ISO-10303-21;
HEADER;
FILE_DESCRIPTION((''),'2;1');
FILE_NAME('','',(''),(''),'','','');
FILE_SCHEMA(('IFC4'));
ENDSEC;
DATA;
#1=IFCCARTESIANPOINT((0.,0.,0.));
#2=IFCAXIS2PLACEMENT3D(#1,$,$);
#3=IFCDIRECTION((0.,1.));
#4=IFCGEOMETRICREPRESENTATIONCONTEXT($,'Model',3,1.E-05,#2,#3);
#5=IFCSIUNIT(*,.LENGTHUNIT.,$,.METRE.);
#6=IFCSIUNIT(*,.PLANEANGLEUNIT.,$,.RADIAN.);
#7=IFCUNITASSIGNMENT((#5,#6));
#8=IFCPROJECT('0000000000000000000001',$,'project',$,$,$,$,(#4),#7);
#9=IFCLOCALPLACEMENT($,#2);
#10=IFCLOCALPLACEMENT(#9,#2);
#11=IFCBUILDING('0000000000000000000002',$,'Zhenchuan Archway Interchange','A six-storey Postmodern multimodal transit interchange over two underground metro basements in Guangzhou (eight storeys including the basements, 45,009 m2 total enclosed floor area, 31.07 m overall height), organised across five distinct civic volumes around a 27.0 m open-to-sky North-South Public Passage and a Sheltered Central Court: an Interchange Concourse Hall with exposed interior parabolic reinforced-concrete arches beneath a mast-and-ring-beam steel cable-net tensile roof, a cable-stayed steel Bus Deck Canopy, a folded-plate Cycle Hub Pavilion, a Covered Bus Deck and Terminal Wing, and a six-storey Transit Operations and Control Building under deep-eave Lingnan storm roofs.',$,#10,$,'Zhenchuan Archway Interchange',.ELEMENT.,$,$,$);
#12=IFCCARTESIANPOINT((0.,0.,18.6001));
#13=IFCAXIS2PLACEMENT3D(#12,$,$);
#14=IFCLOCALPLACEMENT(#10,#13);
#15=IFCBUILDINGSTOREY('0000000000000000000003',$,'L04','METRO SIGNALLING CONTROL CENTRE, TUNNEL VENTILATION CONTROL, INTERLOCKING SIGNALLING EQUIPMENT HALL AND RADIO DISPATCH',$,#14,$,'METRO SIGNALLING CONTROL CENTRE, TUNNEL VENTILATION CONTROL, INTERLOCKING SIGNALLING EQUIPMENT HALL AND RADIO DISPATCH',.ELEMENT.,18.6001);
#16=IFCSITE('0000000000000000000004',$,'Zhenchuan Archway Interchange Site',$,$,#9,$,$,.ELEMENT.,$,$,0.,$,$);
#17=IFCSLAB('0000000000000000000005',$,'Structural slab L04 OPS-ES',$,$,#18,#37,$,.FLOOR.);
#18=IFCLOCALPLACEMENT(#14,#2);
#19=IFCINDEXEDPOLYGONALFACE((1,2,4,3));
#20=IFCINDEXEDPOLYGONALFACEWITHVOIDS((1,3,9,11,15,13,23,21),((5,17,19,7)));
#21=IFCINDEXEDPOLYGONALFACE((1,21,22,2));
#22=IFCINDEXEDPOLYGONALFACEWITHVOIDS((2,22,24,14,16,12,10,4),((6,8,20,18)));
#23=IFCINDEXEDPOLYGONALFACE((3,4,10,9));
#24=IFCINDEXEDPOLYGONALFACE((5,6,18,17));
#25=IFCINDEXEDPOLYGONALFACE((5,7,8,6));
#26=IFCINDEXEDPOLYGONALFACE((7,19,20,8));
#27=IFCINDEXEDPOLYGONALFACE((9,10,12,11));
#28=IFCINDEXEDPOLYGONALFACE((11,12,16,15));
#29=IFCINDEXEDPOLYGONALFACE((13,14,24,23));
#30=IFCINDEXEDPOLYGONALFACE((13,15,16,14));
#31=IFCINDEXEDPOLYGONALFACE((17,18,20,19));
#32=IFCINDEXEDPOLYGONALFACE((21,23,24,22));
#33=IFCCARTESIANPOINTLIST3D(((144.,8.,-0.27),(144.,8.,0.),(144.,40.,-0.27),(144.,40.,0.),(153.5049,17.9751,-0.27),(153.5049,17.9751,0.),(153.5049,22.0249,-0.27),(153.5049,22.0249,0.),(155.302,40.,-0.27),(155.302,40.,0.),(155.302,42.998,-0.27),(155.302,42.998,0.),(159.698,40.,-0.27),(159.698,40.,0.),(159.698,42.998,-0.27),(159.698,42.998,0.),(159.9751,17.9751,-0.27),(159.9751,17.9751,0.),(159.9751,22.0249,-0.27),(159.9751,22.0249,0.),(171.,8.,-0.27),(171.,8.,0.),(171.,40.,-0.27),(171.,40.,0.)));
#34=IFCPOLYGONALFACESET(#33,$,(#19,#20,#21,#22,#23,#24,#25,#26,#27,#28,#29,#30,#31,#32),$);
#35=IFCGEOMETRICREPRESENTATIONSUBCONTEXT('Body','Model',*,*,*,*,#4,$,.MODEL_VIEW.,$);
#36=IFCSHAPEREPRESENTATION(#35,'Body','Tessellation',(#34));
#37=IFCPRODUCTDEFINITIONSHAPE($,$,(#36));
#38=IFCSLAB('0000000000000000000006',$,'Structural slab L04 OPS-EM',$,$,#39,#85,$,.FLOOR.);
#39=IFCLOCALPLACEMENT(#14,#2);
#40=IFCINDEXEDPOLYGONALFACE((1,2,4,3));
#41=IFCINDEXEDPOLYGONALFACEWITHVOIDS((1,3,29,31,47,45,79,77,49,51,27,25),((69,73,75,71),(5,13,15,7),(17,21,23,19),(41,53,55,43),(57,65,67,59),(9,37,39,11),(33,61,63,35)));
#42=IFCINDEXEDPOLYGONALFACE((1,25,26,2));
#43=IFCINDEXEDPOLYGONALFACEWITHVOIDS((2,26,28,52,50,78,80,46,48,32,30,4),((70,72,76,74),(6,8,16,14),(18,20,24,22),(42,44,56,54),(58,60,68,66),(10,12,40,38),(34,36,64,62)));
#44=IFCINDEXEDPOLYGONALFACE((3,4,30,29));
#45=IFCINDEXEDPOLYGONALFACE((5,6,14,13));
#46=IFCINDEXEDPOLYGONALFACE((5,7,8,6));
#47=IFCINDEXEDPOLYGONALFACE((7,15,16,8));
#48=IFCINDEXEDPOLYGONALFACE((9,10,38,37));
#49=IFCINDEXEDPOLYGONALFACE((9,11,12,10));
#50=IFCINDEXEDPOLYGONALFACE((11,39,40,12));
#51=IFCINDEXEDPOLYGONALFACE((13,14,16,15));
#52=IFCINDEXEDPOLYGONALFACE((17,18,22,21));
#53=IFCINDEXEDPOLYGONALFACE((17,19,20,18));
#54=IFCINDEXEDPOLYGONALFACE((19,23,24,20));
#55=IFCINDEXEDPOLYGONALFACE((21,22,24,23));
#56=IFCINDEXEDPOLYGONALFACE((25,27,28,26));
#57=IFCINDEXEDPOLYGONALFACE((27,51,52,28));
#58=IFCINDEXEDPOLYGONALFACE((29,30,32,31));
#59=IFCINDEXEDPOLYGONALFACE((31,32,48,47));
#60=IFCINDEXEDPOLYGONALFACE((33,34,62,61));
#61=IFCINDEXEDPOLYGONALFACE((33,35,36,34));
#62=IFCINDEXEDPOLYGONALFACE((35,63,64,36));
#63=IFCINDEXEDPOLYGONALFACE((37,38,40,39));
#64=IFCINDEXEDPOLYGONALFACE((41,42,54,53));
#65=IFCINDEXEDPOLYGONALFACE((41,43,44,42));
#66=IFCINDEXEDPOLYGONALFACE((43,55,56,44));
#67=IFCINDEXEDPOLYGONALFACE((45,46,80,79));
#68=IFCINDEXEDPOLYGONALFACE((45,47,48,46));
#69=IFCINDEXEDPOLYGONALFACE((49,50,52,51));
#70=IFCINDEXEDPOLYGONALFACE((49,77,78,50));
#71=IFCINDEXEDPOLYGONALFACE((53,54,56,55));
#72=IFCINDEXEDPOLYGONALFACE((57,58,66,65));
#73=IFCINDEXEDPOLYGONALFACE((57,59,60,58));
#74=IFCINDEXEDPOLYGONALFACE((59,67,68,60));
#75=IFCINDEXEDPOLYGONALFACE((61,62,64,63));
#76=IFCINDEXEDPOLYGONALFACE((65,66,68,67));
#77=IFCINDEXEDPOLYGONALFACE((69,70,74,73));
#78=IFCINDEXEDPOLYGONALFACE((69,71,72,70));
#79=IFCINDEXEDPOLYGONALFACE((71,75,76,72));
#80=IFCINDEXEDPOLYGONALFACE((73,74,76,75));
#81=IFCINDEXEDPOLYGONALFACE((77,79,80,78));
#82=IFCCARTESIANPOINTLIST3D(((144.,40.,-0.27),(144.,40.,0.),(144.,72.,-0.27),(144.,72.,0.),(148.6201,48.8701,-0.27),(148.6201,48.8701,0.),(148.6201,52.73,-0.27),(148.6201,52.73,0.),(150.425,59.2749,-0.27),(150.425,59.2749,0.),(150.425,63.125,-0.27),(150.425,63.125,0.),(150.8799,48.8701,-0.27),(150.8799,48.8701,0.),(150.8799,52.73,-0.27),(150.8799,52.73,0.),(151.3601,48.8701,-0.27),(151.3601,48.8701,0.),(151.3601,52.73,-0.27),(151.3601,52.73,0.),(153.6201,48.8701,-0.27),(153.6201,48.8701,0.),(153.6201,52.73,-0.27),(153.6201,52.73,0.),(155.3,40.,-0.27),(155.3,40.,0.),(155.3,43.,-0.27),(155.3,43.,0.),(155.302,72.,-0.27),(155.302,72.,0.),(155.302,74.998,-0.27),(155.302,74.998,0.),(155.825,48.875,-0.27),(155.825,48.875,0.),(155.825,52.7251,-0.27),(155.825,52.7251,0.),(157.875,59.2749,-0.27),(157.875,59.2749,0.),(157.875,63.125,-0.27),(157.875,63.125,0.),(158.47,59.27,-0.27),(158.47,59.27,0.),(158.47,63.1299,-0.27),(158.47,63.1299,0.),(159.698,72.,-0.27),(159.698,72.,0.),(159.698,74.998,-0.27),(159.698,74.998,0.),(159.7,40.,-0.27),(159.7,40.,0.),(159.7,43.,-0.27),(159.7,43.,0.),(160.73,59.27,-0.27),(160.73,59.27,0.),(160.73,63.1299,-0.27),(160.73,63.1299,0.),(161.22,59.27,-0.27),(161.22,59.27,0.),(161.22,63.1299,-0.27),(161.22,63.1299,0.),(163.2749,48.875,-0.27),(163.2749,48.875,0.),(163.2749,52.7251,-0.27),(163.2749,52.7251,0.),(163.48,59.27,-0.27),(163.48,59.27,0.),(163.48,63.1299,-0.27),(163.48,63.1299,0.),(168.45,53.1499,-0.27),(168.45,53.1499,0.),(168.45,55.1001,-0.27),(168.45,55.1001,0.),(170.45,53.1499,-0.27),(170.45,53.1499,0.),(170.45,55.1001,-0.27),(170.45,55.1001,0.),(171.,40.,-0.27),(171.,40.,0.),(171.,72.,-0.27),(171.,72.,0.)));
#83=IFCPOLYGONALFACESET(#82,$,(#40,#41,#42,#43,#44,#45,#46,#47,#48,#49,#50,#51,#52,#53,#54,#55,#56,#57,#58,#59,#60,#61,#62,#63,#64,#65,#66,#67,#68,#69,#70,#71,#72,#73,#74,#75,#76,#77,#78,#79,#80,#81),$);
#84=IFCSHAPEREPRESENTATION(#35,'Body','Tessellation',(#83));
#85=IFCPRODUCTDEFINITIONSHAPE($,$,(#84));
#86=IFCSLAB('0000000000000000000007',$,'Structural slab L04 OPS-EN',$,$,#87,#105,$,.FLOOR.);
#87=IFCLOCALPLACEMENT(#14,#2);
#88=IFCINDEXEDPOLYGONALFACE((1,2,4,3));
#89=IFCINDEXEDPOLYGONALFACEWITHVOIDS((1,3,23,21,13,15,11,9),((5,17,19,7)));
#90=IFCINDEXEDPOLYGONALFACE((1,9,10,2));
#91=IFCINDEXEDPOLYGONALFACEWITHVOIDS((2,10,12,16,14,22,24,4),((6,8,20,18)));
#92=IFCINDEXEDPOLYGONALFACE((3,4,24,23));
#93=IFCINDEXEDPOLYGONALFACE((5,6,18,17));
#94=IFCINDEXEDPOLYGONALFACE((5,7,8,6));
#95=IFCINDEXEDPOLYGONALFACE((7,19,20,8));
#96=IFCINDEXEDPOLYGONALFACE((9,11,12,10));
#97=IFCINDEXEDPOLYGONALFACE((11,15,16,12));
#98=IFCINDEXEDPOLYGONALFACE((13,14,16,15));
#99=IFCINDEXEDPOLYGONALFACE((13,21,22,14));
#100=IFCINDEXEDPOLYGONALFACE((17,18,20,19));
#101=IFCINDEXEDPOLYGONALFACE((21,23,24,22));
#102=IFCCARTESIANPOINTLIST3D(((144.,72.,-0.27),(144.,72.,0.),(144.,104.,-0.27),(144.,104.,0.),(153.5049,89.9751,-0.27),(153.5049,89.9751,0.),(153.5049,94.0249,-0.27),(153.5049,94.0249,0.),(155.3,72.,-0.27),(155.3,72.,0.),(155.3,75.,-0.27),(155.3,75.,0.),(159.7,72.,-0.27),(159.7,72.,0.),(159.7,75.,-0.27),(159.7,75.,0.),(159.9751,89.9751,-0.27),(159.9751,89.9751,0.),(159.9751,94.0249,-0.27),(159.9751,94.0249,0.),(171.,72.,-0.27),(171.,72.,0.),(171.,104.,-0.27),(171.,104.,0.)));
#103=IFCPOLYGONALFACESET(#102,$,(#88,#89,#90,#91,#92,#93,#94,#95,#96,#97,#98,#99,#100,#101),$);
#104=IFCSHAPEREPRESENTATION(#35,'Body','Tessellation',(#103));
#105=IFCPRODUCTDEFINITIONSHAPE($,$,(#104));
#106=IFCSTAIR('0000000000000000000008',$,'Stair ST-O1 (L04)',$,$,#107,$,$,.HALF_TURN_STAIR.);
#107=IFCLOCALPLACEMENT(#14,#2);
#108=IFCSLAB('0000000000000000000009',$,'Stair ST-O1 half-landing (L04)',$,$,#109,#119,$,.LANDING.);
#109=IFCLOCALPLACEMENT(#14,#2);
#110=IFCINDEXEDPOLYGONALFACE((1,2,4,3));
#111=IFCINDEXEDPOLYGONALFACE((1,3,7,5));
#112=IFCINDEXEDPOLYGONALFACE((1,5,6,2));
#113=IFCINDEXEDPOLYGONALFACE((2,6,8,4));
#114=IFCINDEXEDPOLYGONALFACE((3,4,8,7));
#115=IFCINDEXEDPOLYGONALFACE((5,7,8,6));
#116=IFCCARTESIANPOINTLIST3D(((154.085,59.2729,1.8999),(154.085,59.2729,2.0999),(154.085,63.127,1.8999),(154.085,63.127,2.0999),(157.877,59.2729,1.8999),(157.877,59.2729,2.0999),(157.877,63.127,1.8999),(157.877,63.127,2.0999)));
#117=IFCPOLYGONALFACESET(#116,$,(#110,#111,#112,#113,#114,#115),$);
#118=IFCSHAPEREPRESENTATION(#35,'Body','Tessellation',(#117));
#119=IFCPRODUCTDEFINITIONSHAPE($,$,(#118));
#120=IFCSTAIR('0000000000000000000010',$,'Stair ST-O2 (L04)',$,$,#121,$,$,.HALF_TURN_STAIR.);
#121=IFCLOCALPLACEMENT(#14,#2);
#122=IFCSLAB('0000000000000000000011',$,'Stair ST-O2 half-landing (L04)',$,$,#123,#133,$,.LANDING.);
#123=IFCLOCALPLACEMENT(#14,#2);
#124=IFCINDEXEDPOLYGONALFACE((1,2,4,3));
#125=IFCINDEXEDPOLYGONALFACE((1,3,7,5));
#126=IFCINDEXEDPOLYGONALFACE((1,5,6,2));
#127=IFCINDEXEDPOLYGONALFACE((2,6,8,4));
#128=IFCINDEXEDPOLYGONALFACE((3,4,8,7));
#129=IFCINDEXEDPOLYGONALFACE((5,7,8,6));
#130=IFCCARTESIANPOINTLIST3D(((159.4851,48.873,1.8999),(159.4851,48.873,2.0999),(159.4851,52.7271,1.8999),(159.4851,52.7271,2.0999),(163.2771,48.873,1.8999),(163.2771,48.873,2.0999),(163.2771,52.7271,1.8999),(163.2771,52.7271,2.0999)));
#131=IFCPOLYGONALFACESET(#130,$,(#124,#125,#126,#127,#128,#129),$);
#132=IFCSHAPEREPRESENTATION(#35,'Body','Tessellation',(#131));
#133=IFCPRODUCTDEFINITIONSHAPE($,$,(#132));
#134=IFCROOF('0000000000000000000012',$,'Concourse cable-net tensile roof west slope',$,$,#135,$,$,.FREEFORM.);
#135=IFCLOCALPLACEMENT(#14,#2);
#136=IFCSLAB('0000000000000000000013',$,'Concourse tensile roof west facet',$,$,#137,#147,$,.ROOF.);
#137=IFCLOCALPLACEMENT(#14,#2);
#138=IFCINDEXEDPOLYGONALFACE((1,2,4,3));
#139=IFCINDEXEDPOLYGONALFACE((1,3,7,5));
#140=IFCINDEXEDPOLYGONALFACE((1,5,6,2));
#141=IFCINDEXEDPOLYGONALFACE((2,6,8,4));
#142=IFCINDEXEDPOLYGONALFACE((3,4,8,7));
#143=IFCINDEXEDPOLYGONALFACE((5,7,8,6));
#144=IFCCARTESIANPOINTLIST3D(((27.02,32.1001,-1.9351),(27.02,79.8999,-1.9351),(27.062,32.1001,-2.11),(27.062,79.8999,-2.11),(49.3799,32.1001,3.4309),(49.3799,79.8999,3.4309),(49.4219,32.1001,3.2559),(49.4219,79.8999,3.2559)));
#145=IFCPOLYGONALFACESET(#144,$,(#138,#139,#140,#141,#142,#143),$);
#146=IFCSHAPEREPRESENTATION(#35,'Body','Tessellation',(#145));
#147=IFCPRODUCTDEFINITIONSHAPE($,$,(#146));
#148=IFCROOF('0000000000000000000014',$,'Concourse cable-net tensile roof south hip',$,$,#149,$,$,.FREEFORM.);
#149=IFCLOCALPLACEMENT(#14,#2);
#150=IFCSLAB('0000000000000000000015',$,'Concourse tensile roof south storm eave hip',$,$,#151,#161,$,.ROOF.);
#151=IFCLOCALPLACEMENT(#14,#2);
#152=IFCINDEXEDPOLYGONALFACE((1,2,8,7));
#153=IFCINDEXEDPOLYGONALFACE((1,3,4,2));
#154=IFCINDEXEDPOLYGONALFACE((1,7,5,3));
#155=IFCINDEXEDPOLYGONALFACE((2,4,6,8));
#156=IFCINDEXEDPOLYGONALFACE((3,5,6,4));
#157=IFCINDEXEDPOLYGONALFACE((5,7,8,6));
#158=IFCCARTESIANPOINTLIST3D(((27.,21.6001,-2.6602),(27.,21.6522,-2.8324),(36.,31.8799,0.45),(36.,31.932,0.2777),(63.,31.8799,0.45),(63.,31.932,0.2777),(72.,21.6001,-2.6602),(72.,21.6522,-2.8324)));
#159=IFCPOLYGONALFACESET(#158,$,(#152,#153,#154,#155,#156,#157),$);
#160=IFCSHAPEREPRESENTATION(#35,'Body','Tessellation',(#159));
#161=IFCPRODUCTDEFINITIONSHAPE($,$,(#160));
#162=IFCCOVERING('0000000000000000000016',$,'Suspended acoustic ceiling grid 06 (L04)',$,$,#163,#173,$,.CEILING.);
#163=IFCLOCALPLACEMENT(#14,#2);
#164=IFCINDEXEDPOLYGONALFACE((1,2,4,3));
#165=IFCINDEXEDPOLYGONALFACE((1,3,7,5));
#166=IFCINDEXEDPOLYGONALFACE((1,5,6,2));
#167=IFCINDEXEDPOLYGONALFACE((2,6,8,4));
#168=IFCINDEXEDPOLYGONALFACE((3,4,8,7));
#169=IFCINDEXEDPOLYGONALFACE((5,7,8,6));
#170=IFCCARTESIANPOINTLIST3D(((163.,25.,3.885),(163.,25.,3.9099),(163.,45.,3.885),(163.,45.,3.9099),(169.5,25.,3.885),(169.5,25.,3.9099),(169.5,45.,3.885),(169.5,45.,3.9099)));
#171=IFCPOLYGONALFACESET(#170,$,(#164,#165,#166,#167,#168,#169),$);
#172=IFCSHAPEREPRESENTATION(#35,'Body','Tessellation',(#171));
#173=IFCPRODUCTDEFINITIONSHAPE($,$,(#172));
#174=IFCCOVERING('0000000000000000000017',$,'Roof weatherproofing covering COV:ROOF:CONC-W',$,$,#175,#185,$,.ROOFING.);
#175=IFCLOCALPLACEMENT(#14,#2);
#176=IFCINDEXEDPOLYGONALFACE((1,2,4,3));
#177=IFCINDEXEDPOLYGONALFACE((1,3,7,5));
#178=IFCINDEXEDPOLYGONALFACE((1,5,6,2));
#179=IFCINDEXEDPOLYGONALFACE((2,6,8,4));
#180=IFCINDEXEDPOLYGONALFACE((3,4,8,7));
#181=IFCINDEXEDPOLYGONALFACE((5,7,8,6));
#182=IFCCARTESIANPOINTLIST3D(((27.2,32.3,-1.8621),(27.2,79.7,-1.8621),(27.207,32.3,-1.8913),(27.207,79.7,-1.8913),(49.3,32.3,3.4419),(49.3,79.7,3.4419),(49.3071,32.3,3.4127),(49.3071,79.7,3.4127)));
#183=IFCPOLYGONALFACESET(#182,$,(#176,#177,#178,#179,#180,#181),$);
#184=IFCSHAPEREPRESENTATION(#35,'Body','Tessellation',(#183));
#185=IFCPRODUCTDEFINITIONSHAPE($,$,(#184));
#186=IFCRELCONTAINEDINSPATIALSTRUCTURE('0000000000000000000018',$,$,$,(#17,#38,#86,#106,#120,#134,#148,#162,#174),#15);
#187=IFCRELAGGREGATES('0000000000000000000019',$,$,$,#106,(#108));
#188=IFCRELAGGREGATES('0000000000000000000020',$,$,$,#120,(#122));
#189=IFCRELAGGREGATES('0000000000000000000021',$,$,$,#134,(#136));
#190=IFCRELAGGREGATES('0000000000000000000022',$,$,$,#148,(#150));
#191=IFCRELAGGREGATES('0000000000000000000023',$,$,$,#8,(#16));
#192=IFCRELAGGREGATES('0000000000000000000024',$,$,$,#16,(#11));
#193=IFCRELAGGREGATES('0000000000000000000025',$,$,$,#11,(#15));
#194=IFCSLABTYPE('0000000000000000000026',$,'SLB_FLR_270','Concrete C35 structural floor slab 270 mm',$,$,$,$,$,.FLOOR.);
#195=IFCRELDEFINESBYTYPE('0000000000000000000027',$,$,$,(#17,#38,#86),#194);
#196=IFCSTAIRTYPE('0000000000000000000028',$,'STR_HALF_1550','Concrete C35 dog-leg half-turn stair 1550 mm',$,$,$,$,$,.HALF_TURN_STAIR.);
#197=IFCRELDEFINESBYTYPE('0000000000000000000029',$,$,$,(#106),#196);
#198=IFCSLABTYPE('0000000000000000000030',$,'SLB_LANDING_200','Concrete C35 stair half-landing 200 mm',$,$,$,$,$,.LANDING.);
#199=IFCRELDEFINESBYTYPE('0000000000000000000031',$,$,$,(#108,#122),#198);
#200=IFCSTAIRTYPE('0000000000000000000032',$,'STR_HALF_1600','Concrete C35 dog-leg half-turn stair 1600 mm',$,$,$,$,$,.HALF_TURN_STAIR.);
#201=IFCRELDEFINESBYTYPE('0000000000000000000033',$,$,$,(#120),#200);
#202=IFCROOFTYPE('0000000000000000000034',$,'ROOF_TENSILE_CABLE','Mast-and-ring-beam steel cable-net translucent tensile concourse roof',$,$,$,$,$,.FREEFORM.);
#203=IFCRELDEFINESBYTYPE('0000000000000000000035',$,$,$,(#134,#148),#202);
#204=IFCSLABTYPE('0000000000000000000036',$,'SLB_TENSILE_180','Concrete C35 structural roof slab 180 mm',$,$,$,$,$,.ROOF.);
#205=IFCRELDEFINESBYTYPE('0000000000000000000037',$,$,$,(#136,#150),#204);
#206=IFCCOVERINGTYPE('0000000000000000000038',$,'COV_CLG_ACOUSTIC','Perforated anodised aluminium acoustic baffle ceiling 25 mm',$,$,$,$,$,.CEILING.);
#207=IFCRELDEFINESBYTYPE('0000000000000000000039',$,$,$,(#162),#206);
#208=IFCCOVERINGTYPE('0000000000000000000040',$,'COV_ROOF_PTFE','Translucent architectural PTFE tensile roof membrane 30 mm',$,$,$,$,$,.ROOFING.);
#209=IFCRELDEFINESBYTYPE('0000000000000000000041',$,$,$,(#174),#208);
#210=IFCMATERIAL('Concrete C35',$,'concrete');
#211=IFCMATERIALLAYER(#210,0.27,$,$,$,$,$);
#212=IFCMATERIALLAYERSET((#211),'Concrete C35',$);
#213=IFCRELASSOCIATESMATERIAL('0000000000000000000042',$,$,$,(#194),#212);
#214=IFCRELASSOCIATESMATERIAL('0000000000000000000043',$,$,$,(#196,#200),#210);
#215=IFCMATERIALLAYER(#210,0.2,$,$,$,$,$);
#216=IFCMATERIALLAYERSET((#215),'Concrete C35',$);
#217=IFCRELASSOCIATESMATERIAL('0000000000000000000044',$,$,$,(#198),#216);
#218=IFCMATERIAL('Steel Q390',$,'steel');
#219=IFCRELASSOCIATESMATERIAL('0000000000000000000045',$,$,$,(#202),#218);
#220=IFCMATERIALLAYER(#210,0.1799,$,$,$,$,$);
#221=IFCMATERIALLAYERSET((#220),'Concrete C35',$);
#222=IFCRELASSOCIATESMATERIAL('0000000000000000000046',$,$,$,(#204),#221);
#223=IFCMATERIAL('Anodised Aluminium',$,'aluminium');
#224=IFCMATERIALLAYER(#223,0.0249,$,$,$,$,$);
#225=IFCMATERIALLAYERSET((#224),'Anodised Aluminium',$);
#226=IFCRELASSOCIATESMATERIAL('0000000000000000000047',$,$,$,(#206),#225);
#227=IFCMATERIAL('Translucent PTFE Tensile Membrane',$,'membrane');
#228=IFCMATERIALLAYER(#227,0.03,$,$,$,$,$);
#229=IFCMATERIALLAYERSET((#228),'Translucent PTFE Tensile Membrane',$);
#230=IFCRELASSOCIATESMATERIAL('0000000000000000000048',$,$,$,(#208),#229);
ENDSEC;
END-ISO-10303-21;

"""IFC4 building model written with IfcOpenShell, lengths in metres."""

from ifc_helpers import new_model, si_unit, direction, frame, origin, place, context, subcontext, project, spatial, polyline, outline, extrude, material, layer, layer_set, type_object, element, aggregate, save


model = new_model("IFC4")

# Units and contexts
model_context = context("Model", 3, precision=1e-05, world=origin(), true_north=direction((0.0, 1.0)))
body_context = subcontext(model_context, "Body", "Model", "MODEL_VIEW")
ifc_project = project(units=[si_unit("LENGTHUNIT", "METRE"), si_unit("PLANEANGLEUNIT", "RADIAN")], contexts=[model_context])

# Site, building, storey
site_placement = place(None, origin())
site = spatial("IfcSite", under=ifc_project, at=site_placement, Name="Zhenchuan Archway Interchange Site", CompositionType="ELEMENT", RefElevation=0.0)
building_placement = place(site_placement, origin())
building = spatial("IfcBuilding", under=site, at=building_placement, Name="Zhenchuan Archway Interchange", Description="A six-storey Postmodern multimodal transit interchange over two underground metro basements in Guangzhou (eight storeys including the basements, 45,009 m2 total enclosed floor area, 31.07 m overall height), organised across five distinct civic volumes around a 27.0 m open-to-sky North-South Public Passage and a Sheltered Central Court: an Interchange Concourse Hall with exposed interior parabolic reinforced-concrete arches beneath a mast-and-ring-beam steel cable-net tensile roof, a cable-stayed steel Bus Deck Canopy, a folded-plate Cycle Hub Pavilion, a Covered Bus Deck and Terminal Wing, and a six-storey Transit Operations and Control Building under deep-eave Lingnan storm roofs.", LongName="Zhenchuan Archway Interchange", CompositionType="ELEMENT")
storey_placement = place(building_placement, frame((0.0, 0.0, 18.6001)))
storey = spatial("IfcBuildingStorey", under=building, at=storey_placement, Name="L04", Description="METRO SIGNALLING CONTROL CENTRE, TUNNEL VENTILATION CONTROL, INTERLOCKING SIGNALLING EQUIPMENT HALL AND RADIO DISPATCH", LongName="METRO SIGNALLING CONTROL CENTRE, TUNNEL VENTILATION CONTROL, INTERLOCKING SIGNALLING EQUIPMENT HALL AND RADIO DISPATCH", CompositionType="ELEMENT", Elevation=18.6001)

# Shared definitions
ifc_material_1 = material(Name="Steel Q390", Category="steel")

# Slabs
ifc_material_2 = material(Name="Concrete C35", Category="concrete")
ifc_layer_1 = layer(ifc_material_2, 0.27)
ifc_layer_set_1 = layer_set([ifc_layer_1], Name="Concrete C35")
slab_type_1 = type_object("IfcSlabType", Name="SLB_FLR_270", Description="Concrete C35 structural floor slab 270 mm", PredefinedType="FLOOR", material=ifc_layer_set_1)
slab_1_placement = place(storey_placement, frame((0.0, 0.0, -0.27)))
element("IfcSlab", 1, at=slab_1_placement, inside=storey, type_object=slab_type_1, Name="Structural slab L04 OPS-ES", PredefinedType="FLOOR", context=body_context, shape_type="SweptSolid", body=[
    extrude(outline(polyline([(171.0, 8.0), (144.0, 8.0), (144.0, 40.0), (155.302, 40.0), (155.302, 42.998), (159.698, 42.998), (159.698, 40.0), (171.0, 40.0), (171.0, 8.0)]), holes=[polyline([(159.9751, 17.9751), (159.9751, 22.0249), (153.5049, 22.0249), (153.5049, 17.9751), (159.9751, 17.9751)])]), origin(), (0.0, 0.0, 1.0), 0.27),
])
slab_2_placement = place(storey_placement, frame((0.0, 0.0, -0.27)))
element("IfcSlab", 2, at=slab_2_placement, inside=storey, type_object=slab_type_1, Name="Structural slab L04 OPS-EM", PredefinedType="FLOOR", context=body_context, shape_type="SweptSolid", body=[
    extrude(outline(polyline([(159.7, 40.0), (159.7, 43.0), (155.3, 43.0), (155.3, 40.0), (144.0, 40.0), (144.0, 72.0), (155.302, 72.0), (155.302, 74.998), (159.698, 74.998), (159.698, 72.0), (171.0, 72.0), (171.0, 40.0), (159.7, 40.0)]), holes=[polyline([(150.425, 63.125), (150.425, 59.2749), (157.875, 59.2749), (157.875, 63.125), (150.425, 63.125)]), polyline([(163.2749, 52.7251), (155.825, 52.7251), (155.825, 48.875), (163.2749, 48.875), (163.2749, 52.7251)]), polyline([(160.73, 59.27), (160.73, 63.1299), (158.47, 63.1299), (158.47, 59.27), (160.73, 59.27)]), polyline([(161.22, 59.27), (163.48, 59.27), (163.48, 63.1299), (161.22, 63.1299), (161.22, 59.27)]), polyline([(148.6201, 52.73), (148.6201, 48.8701), (150.8799, 48.8701), (150.8799, 52.73), (148.6201, 52.73)]), polyline([(153.6201, 52.73), (151.3601, 52.73), (151.3601, 48.8701), (153.6201, 48.8701), (153.6201, 52.73)]), polyline([(170.45, 53.1499), (170.45, 55.1001), (168.45, 55.1001), (168.45, 53.1499), (170.45, 53.1499)])]), origin(), (0.0, 0.0, 1.0), 0.27),
])
slab_3_placement = place(storey_placement, frame((0.0, 0.0, -0.27)))
element("IfcSlab", 3, at=slab_3_placement, inside=storey, type_object=slab_type_1, Name="Structural slab L04 OPS-EN", PredefinedType="FLOOR", context=body_context, shape_type="SweptSolid", body=[
    extrude(outline(polyline([(144.0, 104.0), (171.0, 104.0), (171.0, 72.0), (159.7, 72.0), (159.7, 75.0), (155.3, 75.0), (155.3, 72.0), (144.0, 72.0), (144.0, 104.0)]), holes=[polyline([(159.9751, 89.9751), (159.9751, 94.0249), (153.5049, 94.0249), (153.5049, 89.9751), (159.9751, 89.9751)])]), origin(), (0.0, 0.0, 1.0), 0.27),
])

# Stairs, slabs
stair_type_1 = type_object("IfcStairType", Name="STR_HALF_1550", Description="Concrete C35 dog-leg half-turn stair 1550 mm", PredefinedType="HALF_TURN_STAIR", material=ifc_material_2)
stair_1_placement = place(storey_placement, origin())
stair_1 = element("IfcStair", 4, at=stair_1_placement, inside=storey, type_object=stair_type_1, Name="Stair ST-O1 (L04)", PredefinedType="HALF_TURN_STAIR")
ifc_layer_2 = layer(ifc_material_2, 0.2)
ifc_layer_set_2 = layer_set([ifc_layer_2], Name="Concrete C35")
slab_type_2 = type_object("IfcSlabType", Name="SLB_LANDING_200", Description="Concrete C35 stair half-landing 200 mm", PredefinedType="LANDING", material=ifc_layer_set_2)
slab_4_placement = place(storey_placement, frame((0.0, 0.0, 1.8999)))
slab_4 = element("IfcSlab", 5, at=slab_4_placement, type_object=slab_type_2, Name="Stair ST-O1 half-landing (L04)", PredefinedType="LANDING", context=body_context, shape_type="SweptSolid", body=[
    extrude(outline(polyline([(154.085, 59.2729), (157.877, 59.2729), (157.877, 63.127), (154.085, 63.127), (154.085, 59.2729)])), origin(), (0.0, 0.0, 1.0), 0.2),
])
aggregate(stair_1, [slab_4])
stair_type_2 = type_object("IfcStairType", Name="STR_HALF_1600", Description="Concrete C35 dog-leg half-turn stair 1600 mm", PredefinedType="HALF_TURN_STAIR", material=ifc_material_2)
stair_2_placement = place(storey_placement, origin())
stair_2 = element("IfcStair", 6, at=stair_2_placement, inside=storey, type_object=stair_type_2, Name="Stair ST-O2 (L04)", PredefinedType="HALF_TURN_STAIR")
slab_5_placement = place(storey_placement, frame((0.0, 0.0, 1.8999)))
slab_5 = element("IfcSlab", 7, at=slab_5_placement, type_object=slab_type_2, Name="Stair ST-O2 half-landing (L04)", PredefinedType="LANDING", context=body_context, shape_type="SweptSolid", body=[
    extrude(outline(polyline([(159.4851, 48.873), (163.2771, 48.873), (163.2771, 52.7271), (159.4851, 52.7271), (159.4851, 48.873)])), origin(), (0.0, 0.0, 1.0), 0.2),
])
aggregate(stair_2, [slab_5])

# Roofs, slabs
roof_type = type_object("IfcRoofType", Name="ROOF_TENSILE_CABLE", Description="Mast-and-ring-beam steel cable-net translucent tensile concourse roof", PredefinedType="FREEFORM", material=ifc_material_1)
roof_1_placement = place(storey_placement, origin())
roof_1 = element("IfcRoof", 8, at=roof_1_placement, inside=storey, type_object=roof_type, Name="Concourse cable-net tensile roof west slope", PredefinedType="FREEFORM")
ifc_layer_3 = layer(ifc_material_2, 0.1799)
ifc_layer_set_3 = layer_set([ifc_layer_3], Name="Concrete C35")
slab_type_3 = type_object("IfcSlabType", Name="SLB_TENSILE_180", Description="Concrete C35 structural roof slab 180 mm", PredefinedType="ROOF", material=ifc_layer_set_3)
slab_6_placement = place(storey_placement, frame((27.02, 32.1001, -1.9351), z_axis=(-0.233356, 0.0, 0.972391), x_axis=(0.972391, 0.0, 0.233356)))
slab_6 = element("IfcSlab", 9, at=slab_6_placement, type_object=slab_type_3, Name="Concourse tensile roof west facet", PredefinedType="ROOF", context=body_context, shape_type="SweptSolid", body=[
    extrude(outline(polyline([(0.0, 0.0), (22.9947, 0.0), (22.9947, 47.7998), (0.0, 47.7998), (0.0, 0.0)])), origin(), (0.0, 0.0, -1.0), 0.1799),
])
aggregate(roof_1, [slab_6])
roof_2_placement = place(storey_placement, origin())
roof_2 = element("IfcRoof", 10, at=roof_2_placement, inside=storey, type_object=roof_type, Name="Concourse cable-net tensile roof south hip", PredefinedType="FREEFORM")
slab_7_placement = place(storey_placement, frame((27.0, 21.6001, -2.6602), z_axis=(0.0, -0.289583, 0.957153), x_axis=(1.0, 0.0, 0.0)))
slab_7 = element("IfcSlab", 11, at=slab_7_placement, type_object=slab_type_3, Name="Concourse tensile roof south storm eave hip", PredefinedType="ROOF", context=body_context, shape_type="SweptSolid", body=[
    extrude(outline(polyline([(0.0, 0.0), (45.0, 0.0), (36.0, 10.74), (9.0, 10.74), (0.0, 0.0)])), origin(), (0.0, 0.0, -1.0), 0.1799),
])
aggregate(roof_2, [slab_7])

# Coverings
ifc_material_3 = material(Name="Anodised Aluminium", Category="aluminium")
ifc_layer_4 = layer(ifc_material_3, 0.0249)
ifc_layer_set_4 = layer_set([ifc_layer_4], Name="Anodised Aluminium")
covering_type_1 = type_object("IfcCoveringType", Name="COV_CLG_ACOUSTIC", Description="Perforated anodised aluminium acoustic baffle ceiling 25 mm", PredefinedType="CEILING", material=ifc_layer_set_4)
covering_1_placement = place(storey_placement, frame((0.0, 0.0, 3.885)))
element("IfcCovering", 12, at=covering_1_placement, inside=storey, type_object=covering_type_1, Name="Suspended acoustic ceiling grid 06 (L04)", PredefinedType="CEILING", context=body_context, shape_type="SweptSolid", body=[
    extrude(outline(polyline([(163.0, 25.0), (169.5, 25.0), (169.5, 45.0), (163.0, 45.0), (163.0, 25.0)])), origin(), (0.0, 0.0, 1.0), 0.0249),
])
ifc_material_4 = material(Name="Translucent PTFE Tensile Membrane", Category="membrane")
ifc_layer_5 = layer(ifc_material_4, 0.03)
ifc_layer_set_5 = layer_set([ifc_layer_5], Name="Translucent PTFE Tensile Membrane")
covering_type_2 = type_object("IfcCoveringType", Name="COV_ROOF_PTFE", Description="Translucent architectural PTFE tensile roof membrane 30 mm", PredefinedType="ROOFING", material=ifc_layer_set_5)
covering_2_placement = place(storey_placement, frame((27.2, 32.3, -1.8621), z_axis=(-0.23337, 0.0, 0.972388), x_axis=(0.972388, 0.0, 0.23337)))
element("IfcCovering", 13, at=covering_2_placement, inside=storey, type_object=covering_type_2, Name="Roof weatherproofing covering COV:ROOF:CONC-W", PredefinedType="ROOFING", context=body_context, shape_type="SweptSolid", body=[
    extrude(outline(polyline([(0.0, 0.0), (22.7277, 0.0), (22.7277, 47.3999), (0.0, 47.3999), (0.0, 0.0)])), origin(), (0.0, 0.0, -1.0), 0.03),
])

save(model, "model.ifc")
